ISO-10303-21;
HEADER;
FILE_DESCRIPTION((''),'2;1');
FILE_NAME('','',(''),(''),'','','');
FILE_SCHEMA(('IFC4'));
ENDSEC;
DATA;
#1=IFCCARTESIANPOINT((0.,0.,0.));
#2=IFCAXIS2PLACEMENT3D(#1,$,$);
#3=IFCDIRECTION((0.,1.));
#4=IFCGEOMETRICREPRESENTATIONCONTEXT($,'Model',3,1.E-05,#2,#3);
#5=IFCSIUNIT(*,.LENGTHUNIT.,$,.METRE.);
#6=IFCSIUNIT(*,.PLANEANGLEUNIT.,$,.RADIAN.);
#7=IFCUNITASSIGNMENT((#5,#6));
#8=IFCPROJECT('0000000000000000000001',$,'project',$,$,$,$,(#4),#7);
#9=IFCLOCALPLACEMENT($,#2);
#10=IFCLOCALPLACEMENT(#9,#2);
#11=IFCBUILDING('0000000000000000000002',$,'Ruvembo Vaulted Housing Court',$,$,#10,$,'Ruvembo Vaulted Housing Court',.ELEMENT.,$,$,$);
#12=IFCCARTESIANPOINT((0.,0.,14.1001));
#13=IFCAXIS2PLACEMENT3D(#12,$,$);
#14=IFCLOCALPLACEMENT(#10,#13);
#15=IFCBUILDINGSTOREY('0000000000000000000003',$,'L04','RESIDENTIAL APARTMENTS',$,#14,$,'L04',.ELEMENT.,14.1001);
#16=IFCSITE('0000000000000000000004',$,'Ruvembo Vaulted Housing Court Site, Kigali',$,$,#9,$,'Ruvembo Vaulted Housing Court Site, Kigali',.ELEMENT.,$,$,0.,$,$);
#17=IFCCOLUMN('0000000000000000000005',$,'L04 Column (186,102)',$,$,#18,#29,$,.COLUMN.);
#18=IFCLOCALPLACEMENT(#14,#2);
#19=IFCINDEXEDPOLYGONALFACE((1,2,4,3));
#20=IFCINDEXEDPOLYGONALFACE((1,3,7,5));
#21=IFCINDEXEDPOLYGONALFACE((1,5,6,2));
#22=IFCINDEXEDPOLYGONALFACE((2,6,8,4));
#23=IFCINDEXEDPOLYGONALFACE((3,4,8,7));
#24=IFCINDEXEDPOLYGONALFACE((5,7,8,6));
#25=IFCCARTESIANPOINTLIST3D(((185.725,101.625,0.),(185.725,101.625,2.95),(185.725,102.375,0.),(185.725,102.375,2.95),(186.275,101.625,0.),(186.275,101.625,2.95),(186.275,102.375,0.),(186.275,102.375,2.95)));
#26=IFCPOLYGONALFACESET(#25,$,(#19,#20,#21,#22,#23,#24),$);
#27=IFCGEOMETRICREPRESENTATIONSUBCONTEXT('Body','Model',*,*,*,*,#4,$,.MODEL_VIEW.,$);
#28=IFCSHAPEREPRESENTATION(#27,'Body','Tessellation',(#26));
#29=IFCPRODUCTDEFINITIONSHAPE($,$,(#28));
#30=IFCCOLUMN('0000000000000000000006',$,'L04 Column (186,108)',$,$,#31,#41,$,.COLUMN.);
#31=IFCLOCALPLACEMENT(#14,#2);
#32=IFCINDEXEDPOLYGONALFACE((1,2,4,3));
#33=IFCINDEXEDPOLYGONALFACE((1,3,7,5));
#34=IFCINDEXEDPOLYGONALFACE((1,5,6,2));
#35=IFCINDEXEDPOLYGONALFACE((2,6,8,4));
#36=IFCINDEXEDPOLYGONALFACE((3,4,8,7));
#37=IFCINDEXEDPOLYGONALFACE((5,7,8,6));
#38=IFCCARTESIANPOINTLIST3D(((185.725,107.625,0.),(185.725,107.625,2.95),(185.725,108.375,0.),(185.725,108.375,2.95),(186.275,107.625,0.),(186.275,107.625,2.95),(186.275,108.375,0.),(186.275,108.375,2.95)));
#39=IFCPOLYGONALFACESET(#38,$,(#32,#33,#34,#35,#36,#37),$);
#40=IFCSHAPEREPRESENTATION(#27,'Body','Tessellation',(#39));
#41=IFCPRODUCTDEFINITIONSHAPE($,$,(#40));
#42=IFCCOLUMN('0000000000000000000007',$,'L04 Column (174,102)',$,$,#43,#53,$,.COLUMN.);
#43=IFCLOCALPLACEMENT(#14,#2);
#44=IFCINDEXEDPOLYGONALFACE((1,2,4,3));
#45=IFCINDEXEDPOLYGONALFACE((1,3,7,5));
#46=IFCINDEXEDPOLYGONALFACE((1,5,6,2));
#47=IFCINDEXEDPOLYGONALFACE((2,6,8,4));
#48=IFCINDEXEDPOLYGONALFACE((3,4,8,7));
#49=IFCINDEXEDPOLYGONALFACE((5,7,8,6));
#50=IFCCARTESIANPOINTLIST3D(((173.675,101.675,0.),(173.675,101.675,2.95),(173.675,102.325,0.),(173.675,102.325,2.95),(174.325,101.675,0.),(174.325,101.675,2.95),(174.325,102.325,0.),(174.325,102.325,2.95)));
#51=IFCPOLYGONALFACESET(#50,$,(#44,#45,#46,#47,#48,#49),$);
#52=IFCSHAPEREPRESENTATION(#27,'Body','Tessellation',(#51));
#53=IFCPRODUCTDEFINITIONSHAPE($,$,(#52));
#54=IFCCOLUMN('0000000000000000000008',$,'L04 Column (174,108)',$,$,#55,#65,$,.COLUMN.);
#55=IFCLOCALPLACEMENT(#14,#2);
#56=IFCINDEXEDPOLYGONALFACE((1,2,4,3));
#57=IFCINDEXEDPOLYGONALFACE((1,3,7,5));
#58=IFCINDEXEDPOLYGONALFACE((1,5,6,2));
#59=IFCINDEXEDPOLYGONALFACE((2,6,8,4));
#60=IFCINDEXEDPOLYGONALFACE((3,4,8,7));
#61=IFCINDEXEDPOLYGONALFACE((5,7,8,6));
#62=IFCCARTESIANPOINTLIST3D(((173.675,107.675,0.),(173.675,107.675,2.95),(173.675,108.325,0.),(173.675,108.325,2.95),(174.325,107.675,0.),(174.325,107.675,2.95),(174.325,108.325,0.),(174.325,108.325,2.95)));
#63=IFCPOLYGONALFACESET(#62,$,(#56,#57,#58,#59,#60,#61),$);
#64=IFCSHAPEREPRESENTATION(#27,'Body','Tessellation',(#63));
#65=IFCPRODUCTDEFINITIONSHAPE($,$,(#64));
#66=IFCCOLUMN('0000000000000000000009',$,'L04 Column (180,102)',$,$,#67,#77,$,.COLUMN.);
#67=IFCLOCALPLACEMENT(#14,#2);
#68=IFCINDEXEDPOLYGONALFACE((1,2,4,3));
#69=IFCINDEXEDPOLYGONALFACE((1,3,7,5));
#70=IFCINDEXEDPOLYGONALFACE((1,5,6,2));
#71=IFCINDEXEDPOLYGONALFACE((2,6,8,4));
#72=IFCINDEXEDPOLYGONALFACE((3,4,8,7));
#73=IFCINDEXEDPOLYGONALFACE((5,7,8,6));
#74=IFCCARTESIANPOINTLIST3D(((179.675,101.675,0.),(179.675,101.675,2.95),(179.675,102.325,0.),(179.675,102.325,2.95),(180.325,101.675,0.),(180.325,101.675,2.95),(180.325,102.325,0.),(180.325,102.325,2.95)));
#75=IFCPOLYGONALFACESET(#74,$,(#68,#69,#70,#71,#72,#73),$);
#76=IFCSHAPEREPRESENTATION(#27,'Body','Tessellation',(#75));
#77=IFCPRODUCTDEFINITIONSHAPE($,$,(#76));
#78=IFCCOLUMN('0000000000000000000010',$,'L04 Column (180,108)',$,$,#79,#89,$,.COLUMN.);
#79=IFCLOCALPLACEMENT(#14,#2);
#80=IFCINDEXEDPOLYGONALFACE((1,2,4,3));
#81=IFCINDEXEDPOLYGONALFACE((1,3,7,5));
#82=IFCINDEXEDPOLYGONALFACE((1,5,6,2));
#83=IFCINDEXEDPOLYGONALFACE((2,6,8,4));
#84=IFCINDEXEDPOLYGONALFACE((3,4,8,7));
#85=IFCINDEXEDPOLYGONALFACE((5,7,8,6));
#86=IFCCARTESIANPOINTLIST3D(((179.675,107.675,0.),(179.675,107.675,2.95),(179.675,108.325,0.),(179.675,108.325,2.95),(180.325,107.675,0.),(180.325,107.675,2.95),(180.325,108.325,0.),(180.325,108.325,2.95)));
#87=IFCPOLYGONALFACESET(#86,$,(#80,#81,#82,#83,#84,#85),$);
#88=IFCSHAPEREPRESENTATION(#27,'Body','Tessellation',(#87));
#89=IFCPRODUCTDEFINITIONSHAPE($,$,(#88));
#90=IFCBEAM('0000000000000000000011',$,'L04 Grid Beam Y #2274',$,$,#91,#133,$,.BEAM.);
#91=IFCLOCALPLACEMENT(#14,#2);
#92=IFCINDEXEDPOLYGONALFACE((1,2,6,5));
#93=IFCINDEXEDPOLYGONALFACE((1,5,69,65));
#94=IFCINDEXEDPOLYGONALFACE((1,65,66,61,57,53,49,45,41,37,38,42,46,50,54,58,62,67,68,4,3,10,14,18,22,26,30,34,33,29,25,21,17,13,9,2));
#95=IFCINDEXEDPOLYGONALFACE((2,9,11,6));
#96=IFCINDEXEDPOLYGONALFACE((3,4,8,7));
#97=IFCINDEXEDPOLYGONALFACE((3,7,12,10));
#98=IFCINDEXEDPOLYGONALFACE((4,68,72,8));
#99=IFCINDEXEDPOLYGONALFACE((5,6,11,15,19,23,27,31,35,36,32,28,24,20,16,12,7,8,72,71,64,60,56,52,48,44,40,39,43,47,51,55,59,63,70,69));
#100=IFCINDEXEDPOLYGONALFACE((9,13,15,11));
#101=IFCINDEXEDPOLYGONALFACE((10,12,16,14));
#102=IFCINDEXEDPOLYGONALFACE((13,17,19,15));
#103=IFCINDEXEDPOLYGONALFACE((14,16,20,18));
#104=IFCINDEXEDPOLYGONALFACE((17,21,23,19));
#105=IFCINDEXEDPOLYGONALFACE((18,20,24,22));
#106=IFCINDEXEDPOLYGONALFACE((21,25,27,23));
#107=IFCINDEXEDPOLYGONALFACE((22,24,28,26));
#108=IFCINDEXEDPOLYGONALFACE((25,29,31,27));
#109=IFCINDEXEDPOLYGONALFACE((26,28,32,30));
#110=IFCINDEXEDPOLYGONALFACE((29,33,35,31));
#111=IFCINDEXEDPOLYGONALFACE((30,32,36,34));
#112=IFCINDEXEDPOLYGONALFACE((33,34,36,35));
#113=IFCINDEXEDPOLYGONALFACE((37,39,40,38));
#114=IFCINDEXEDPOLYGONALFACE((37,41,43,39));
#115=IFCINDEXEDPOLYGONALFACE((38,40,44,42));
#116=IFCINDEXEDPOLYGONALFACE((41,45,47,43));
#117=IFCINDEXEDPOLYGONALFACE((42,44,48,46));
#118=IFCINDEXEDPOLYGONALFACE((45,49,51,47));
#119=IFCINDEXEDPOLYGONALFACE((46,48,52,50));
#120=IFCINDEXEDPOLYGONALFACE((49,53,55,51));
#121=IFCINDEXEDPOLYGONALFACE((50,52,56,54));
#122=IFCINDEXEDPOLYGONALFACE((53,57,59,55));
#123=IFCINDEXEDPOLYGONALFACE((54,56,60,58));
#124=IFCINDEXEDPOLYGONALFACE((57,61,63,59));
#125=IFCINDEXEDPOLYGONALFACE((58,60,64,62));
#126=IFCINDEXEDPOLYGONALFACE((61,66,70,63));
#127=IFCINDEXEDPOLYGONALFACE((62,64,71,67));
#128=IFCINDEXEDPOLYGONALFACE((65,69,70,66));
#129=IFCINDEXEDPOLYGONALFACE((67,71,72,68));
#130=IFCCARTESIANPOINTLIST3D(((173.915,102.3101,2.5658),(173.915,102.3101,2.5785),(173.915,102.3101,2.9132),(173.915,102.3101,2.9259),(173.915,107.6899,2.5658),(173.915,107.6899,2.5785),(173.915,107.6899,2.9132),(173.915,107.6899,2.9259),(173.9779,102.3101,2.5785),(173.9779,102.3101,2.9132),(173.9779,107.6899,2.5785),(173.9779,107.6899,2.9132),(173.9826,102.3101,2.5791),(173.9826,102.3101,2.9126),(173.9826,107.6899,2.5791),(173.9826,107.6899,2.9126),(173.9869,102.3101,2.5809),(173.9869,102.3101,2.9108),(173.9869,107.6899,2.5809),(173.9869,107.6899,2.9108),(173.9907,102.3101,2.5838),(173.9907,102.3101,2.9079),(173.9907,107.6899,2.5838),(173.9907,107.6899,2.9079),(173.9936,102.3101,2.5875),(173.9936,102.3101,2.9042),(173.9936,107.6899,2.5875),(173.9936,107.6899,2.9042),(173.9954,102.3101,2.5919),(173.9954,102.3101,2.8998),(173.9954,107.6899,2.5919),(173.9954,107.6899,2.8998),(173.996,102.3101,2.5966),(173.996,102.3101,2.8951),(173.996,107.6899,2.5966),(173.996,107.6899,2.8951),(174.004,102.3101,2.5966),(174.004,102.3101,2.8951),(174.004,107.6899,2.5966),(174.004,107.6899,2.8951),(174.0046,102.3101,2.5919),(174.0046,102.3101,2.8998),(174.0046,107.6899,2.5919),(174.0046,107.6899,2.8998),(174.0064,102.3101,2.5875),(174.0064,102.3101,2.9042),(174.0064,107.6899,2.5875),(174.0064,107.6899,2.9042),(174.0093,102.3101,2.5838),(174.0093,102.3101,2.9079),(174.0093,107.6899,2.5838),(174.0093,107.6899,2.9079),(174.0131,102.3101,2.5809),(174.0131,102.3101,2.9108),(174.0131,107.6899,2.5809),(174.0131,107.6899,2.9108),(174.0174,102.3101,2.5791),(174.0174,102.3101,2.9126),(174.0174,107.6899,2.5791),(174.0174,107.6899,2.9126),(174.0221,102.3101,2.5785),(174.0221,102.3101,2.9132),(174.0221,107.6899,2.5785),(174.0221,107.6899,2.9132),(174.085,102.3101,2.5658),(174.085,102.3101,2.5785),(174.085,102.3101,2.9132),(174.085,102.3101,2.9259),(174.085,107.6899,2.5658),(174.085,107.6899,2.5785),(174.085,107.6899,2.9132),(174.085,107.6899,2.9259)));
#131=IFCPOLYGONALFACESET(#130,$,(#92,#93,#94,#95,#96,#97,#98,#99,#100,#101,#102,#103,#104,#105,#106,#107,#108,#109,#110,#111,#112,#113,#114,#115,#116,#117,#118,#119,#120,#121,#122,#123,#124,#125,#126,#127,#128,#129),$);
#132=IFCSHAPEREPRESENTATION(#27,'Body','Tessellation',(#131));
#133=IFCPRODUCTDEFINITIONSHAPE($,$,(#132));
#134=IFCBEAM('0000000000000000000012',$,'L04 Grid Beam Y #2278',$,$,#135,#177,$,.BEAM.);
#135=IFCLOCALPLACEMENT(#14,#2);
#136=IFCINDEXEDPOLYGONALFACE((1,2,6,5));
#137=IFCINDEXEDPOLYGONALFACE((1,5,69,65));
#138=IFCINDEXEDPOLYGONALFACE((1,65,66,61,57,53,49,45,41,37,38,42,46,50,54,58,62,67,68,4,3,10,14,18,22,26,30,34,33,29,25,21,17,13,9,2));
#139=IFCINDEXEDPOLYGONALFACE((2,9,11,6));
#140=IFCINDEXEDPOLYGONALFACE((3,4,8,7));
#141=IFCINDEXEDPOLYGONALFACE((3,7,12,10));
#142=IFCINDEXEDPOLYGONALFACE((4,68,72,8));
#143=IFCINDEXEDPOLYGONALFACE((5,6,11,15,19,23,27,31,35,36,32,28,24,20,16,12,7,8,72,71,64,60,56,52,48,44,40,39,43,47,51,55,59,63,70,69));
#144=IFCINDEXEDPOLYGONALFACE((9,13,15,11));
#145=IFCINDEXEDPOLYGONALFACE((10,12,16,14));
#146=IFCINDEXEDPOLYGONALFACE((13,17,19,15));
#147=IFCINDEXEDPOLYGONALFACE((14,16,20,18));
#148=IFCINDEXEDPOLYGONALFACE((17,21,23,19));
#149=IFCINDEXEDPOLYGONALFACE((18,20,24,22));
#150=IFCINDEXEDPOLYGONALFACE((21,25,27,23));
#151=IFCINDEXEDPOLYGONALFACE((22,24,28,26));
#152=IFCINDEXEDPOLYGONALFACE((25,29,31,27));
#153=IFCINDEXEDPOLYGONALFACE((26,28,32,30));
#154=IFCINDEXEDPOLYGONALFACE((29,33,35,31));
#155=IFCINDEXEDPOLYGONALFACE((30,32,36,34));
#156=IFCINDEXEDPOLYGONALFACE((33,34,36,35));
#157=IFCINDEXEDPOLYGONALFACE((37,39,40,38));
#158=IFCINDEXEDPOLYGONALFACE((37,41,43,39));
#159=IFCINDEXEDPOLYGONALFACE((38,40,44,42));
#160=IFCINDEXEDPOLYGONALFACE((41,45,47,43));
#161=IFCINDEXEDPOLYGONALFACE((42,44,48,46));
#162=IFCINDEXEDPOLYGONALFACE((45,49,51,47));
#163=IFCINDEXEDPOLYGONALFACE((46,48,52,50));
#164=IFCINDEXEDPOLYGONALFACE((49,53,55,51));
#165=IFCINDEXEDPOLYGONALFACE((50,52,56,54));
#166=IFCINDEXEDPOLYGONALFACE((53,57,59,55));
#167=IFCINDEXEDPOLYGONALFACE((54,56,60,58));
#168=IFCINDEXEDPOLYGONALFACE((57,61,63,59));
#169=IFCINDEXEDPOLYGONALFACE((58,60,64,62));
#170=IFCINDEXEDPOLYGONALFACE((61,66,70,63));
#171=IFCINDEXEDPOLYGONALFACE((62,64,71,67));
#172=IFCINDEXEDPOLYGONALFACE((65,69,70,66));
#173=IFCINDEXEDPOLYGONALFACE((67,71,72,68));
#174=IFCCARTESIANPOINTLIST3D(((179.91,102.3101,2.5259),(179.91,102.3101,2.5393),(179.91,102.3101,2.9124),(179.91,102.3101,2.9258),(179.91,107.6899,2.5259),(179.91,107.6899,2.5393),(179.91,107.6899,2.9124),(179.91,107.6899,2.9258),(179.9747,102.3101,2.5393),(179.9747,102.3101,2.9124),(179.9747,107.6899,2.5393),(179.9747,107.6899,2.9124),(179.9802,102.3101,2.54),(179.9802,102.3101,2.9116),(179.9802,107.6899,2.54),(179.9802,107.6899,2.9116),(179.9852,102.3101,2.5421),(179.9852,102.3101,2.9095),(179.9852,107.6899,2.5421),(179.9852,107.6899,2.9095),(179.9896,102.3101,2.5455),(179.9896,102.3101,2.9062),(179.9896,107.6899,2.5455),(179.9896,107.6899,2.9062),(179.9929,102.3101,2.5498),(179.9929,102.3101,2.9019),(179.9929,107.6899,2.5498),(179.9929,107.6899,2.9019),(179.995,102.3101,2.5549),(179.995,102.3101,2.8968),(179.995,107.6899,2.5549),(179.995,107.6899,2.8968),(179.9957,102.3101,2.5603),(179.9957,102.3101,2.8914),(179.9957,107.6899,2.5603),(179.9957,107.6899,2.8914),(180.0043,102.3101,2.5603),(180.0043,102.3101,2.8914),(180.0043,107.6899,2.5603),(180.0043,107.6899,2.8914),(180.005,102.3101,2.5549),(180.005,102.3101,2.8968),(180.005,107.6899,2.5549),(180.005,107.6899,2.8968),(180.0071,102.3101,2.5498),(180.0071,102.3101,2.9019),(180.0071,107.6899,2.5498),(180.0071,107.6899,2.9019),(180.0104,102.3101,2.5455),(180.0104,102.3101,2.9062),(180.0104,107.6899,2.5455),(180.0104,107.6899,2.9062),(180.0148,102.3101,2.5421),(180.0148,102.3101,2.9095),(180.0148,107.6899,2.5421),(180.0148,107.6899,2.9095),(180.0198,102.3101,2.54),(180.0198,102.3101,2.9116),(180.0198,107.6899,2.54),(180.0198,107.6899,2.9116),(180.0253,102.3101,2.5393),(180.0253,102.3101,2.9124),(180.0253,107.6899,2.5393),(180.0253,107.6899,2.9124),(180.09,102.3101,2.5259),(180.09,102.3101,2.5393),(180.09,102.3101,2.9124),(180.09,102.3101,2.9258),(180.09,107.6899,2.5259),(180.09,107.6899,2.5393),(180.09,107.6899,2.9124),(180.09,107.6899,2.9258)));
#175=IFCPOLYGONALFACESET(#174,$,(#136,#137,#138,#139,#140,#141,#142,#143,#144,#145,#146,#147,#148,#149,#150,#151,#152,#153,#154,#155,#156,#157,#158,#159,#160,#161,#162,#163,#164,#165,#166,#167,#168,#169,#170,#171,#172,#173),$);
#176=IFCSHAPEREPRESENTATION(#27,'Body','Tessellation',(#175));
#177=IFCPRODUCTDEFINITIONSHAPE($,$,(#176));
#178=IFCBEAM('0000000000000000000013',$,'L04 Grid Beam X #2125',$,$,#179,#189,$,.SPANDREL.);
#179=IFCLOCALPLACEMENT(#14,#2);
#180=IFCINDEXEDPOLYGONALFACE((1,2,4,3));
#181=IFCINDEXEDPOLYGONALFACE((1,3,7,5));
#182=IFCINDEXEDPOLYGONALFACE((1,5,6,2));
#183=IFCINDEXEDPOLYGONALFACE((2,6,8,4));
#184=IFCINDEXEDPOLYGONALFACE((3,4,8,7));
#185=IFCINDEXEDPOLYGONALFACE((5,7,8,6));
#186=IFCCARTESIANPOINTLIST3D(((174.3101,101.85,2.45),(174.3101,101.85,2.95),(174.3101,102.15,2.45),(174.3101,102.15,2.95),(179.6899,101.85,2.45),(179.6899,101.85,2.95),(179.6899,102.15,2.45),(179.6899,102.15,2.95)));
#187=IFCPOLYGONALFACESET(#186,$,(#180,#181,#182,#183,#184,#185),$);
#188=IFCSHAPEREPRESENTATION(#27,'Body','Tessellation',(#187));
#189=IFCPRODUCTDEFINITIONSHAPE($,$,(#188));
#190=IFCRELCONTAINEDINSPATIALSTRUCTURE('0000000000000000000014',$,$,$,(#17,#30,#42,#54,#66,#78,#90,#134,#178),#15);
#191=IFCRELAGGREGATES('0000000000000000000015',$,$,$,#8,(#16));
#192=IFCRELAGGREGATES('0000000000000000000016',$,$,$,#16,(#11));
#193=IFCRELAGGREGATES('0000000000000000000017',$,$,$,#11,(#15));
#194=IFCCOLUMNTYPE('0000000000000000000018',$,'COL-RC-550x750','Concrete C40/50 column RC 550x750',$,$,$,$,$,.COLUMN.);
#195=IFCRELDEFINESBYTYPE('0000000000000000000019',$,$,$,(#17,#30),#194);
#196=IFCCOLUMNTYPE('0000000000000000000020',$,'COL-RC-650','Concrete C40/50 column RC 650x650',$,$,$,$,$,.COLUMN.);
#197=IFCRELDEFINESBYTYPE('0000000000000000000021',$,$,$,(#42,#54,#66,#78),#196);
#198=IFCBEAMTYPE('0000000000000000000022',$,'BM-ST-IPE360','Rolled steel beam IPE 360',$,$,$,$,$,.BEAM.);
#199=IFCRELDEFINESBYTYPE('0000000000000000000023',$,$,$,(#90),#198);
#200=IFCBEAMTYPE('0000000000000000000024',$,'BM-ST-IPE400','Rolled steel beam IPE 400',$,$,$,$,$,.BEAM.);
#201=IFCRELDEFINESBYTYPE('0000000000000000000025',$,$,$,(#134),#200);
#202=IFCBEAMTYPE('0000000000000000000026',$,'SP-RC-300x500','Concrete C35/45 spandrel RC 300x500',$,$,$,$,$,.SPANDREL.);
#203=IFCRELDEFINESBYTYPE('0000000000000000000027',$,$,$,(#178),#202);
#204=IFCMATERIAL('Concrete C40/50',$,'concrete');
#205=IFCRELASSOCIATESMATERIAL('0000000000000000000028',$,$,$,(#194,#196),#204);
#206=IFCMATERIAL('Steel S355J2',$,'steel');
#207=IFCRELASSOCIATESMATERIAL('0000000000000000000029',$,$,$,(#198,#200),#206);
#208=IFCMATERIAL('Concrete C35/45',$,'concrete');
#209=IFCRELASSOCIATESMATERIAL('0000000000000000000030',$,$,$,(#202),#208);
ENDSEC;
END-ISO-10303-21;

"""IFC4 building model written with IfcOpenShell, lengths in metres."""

from ifc_helpers import new_model, si_unit, direction, frame, origin, origin_2d, place, context, subcontext, project, spatial, rectangle, i_section, extrude, material, material_profile, profile_set, type_object, element, save


model = new_model("IFC4")

# Units and contexts
model_context = context("Model", 3, precision=1e-05, world=origin(), true_north=direction((0.0, 1.0)))
body_context = subcontext(model_context, "Body", "Model", "MODEL_VIEW")
ifc_project = project(units=[si_unit("LENGTHUNIT", "METRE"), si_unit("PLANEANGLEUNIT", "RADIAN")], contexts=[model_context])

# Site, building, storey
site_placement = place(None, origin())
site = spatial("IfcSite", under=ifc_project, at=site_placement, Name="Ruvembo Vaulted Housing Court Site, Kigali", LongName="Ruvembo Vaulted Housing Court Site, Kigali", CompositionType="ELEMENT", RefElevation=0.0)
building_placement = place(site_placement, origin())
building = spatial("IfcBuilding", under=site, at=building_placement, Name="Ruvembo Vaulted Housing Court", LongName="Ruvembo Vaulted Housing Court", CompositionType="ELEMENT")
storey_placement = place(building_placement, frame((0.0, 0.0, 14.1001)))
storey = spatial("IfcBuildingStorey", under=building, at=storey_placement, Name="L04", Description="RESIDENTIAL APARTMENTS", LongName="L04", CompositionType="ELEMENT", Elevation=14.1001)

# Columns
ifc_material_1 = material(Name="Concrete C40/50", Category="concrete")
ifc_material_profile_1 = material_profile(ifc_material_1, rectangle(XDim=0.55, YDim=0.75, at=origin_2d()), Name="RC 550x750")
ifc_profile_set_1 = profile_set([ifc_material_profile_1], Name="Concrete C40/50")
column_type_1 = type_object("IfcColumnType", Name="COL-RC-550x750", Description="Concrete C40/50 column RC 550x750", PredefinedType="COLUMN", material=ifc_profile_set_1)
for number, where, z_axis, x_axis, name in (
    (1, (186.0, 102.0, 0.0), (0.0, 0.0, 1.0), (1.0, 0.0, 0.0), "L04 Column (186,102)"),
    (2, (186.0, 108.0, 0.0), (0.0, 0.0, 1.0), (1.0, 0.0, 0.0), "L04 Column (186,108)"),
):
    element("IfcColumn", number, at=place(storey_placement, frame(where, z_axis=z_axis, x_axis=x_axis)), inside=storey, type_object=column_type_1, Name=name, PredefinedType="COLUMN", context=body_context, shape_type="SweptSolid", body=[
        extrude(rectangle(XDim=0.55, YDim=0.75, at=origin_2d()), origin(), (0.0, 0.0, 1.0), 2.95),
    ])
ifc_material_profile_2 = material_profile(ifc_material_1, rectangle(XDim=0.6499, YDim=0.6499, at=origin_2d()), Name="RC 650x650")
ifc_profile_set_2 = profile_set([ifc_material_profile_2], Name="Concrete C40/50")
column_type_2 = type_object("IfcColumnType", Name="COL-RC-650", Description="Concrete C40/50 column RC 650x650", PredefinedType="COLUMN", material=ifc_profile_set_2)
for number, where, z_axis, x_axis, name in (
    (3, (174.0, 102.0, 0.0), (0.0, 0.0, 1.0), (1.0, 0.0, 0.0), "L04 Column (174,102)"),
    (4, (174.0, 108.0, 0.0), (0.0, 0.0, 1.0), (1.0, 0.0, 0.0), "L04 Column (174,108)"),
    (5, (180.0, 102.0, 0.0), (0.0, 0.0, 1.0), (1.0, 0.0, 0.0), "L04 Column (180,102)"),
    (6, (180.0, 108.0, 0.0), (0.0, 0.0, 1.0), (1.0, 0.0, 0.0), "L04 Column (180,108)"),
):
    element("IfcColumn", number, at=place(storey_placement, frame(where, z_axis=z_axis, x_axis=x_axis)), inside=storey, type_object=column_type_2, Name=name, PredefinedType="COLUMN", context=body_context, shape_type="SweptSolid", body=[
        extrude(rectangle(XDim=0.6499, YDim=0.6499, at=origin_2d()), origin(), (0.0, 0.0, 1.0), 2.95),
    ])

# Beams
ifc_material_2 = material(Name="Steel S355J2", Category="steel")
ifc_material_profile_3 = material_profile(ifc_material_2, i_section(OverallWidth=0.1699, OverallDepth=0.3601, WebThickness=0.0081, FlangeThickness=0.0127, FilletRadius=0.0181, at=origin_2d()), Name="IPE 360")
ifc_profile_set_3 = profile_set([ifc_material_profile_3], Name="Steel S355J2")
beam_type_1 = type_object("IfcBeamType", Name="BM-ST-IPE360", Description="Rolled steel beam IPE 360", PredefinedType="BEAM", material=ifc_profile_set_3)
beam_1_placement = place(storey_placement, frame((174.0, 102.3101, 2.7458), z_axis=(0.0, 1.0, 0.0), x_axis=(-1.0, 0.0, 0.0)))
element("IfcBeam", 7, at=beam_1_placement, inside=storey, type_object=beam_type_1, Name="L04 Grid Beam Y #2274", PredefinedType="BEAM", context=body_context, shape_type="SweptSolid", body=[
    extrude(i_section(OverallWidth=0.1699, OverallDepth=0.3601, WebThickness=0.0081, FlangeThickness=0.0127, FilletRadius=0.0181, at=origin_2d()), origin(), (0.0, 0.0, 1.0), 5.3799),
])
ifc_material_profile_4 = material_profile(ifc_material_2, i_section(OverallWidth=0.1799, OverallDepth=0.3999, WebThickness=0.0085, FlangeThickness=0.0134, FilletRadius=0.021, at=origin_2d()), Name="IPE 400")
ifc_profile_set_4 = profile_set([ifc_material_profile_4], Name="Steel S355J2")
beam_type_2 = type_object("IfcBeamType", Name="BM-ST-IPE400", Description="Rolled steel beam IPE 400", PredefinedType="BEAM", material=ifc_profile_set_4)
beam_2_placement = place(storey_placement, frame((180.0, 102.3101, 2.7258), z_axis=(0.0, 1.0, 0.0), x_axis=(-1.0, 0.0, 0.0)))
element("IfcBeam", 8, at=beam_2_placement, inside=storey, type_object=beam_type_2, Name="L04 Grid Beam Y #2278", PredefinedType="BEAM", context=body_context, shape_type="SweptSolid", body=[
    extrude(i_section(OverallWidth=0.1799, OverallDepth=0.3999, WebThickness=0.0085, FlangeThickness=0.0134, FilletRadius=0.021, at=origin_2d()), origin(), (0.0, 0.0, 1.0), 5.3799),
])
ifc_material_3 = material(Name="Concrete C35/45", Category="concrete")
ifc_material_profile_5 = material_profile(ifc_material_3, rectangle(XDim=0.3, YDim=0.5, at=origin_2d()), Name="RC 300x500")
ifc_profile_set_5 = profile_set([ifc_material_profile_5], Name="Concrete C35/45")
beam_type_3 = type_object("IfcBeamType", Name="SP-RC-300x500", Description="Concrete C35/45 spandrel RC 300x500", PredefinedType="SPANDREL", material=ifc_profile_set_5)
beam_3_placement = place(storey_placement, frame((174.3101, 102.0, 2.7), z_axis=(1.0, 0.0, 0.0), x_axis=(0.0, 1.0, 0.0)))
element("IfcBeam", 9, at=beam_3_placement, inside=storey, type_object=beam_type_3, Name="L04 Grid Beam X #2125", PredefinedType="SPANDREL", context=body_context, shape_type="SweptSolid", body=[
    extrude(rectangle(XDim=0.3, YDim=0.5, at=origin_2d()), origin(), (0.0, 0.0, 1.0), 5.3799),
])

save(model, "model.ifc")
